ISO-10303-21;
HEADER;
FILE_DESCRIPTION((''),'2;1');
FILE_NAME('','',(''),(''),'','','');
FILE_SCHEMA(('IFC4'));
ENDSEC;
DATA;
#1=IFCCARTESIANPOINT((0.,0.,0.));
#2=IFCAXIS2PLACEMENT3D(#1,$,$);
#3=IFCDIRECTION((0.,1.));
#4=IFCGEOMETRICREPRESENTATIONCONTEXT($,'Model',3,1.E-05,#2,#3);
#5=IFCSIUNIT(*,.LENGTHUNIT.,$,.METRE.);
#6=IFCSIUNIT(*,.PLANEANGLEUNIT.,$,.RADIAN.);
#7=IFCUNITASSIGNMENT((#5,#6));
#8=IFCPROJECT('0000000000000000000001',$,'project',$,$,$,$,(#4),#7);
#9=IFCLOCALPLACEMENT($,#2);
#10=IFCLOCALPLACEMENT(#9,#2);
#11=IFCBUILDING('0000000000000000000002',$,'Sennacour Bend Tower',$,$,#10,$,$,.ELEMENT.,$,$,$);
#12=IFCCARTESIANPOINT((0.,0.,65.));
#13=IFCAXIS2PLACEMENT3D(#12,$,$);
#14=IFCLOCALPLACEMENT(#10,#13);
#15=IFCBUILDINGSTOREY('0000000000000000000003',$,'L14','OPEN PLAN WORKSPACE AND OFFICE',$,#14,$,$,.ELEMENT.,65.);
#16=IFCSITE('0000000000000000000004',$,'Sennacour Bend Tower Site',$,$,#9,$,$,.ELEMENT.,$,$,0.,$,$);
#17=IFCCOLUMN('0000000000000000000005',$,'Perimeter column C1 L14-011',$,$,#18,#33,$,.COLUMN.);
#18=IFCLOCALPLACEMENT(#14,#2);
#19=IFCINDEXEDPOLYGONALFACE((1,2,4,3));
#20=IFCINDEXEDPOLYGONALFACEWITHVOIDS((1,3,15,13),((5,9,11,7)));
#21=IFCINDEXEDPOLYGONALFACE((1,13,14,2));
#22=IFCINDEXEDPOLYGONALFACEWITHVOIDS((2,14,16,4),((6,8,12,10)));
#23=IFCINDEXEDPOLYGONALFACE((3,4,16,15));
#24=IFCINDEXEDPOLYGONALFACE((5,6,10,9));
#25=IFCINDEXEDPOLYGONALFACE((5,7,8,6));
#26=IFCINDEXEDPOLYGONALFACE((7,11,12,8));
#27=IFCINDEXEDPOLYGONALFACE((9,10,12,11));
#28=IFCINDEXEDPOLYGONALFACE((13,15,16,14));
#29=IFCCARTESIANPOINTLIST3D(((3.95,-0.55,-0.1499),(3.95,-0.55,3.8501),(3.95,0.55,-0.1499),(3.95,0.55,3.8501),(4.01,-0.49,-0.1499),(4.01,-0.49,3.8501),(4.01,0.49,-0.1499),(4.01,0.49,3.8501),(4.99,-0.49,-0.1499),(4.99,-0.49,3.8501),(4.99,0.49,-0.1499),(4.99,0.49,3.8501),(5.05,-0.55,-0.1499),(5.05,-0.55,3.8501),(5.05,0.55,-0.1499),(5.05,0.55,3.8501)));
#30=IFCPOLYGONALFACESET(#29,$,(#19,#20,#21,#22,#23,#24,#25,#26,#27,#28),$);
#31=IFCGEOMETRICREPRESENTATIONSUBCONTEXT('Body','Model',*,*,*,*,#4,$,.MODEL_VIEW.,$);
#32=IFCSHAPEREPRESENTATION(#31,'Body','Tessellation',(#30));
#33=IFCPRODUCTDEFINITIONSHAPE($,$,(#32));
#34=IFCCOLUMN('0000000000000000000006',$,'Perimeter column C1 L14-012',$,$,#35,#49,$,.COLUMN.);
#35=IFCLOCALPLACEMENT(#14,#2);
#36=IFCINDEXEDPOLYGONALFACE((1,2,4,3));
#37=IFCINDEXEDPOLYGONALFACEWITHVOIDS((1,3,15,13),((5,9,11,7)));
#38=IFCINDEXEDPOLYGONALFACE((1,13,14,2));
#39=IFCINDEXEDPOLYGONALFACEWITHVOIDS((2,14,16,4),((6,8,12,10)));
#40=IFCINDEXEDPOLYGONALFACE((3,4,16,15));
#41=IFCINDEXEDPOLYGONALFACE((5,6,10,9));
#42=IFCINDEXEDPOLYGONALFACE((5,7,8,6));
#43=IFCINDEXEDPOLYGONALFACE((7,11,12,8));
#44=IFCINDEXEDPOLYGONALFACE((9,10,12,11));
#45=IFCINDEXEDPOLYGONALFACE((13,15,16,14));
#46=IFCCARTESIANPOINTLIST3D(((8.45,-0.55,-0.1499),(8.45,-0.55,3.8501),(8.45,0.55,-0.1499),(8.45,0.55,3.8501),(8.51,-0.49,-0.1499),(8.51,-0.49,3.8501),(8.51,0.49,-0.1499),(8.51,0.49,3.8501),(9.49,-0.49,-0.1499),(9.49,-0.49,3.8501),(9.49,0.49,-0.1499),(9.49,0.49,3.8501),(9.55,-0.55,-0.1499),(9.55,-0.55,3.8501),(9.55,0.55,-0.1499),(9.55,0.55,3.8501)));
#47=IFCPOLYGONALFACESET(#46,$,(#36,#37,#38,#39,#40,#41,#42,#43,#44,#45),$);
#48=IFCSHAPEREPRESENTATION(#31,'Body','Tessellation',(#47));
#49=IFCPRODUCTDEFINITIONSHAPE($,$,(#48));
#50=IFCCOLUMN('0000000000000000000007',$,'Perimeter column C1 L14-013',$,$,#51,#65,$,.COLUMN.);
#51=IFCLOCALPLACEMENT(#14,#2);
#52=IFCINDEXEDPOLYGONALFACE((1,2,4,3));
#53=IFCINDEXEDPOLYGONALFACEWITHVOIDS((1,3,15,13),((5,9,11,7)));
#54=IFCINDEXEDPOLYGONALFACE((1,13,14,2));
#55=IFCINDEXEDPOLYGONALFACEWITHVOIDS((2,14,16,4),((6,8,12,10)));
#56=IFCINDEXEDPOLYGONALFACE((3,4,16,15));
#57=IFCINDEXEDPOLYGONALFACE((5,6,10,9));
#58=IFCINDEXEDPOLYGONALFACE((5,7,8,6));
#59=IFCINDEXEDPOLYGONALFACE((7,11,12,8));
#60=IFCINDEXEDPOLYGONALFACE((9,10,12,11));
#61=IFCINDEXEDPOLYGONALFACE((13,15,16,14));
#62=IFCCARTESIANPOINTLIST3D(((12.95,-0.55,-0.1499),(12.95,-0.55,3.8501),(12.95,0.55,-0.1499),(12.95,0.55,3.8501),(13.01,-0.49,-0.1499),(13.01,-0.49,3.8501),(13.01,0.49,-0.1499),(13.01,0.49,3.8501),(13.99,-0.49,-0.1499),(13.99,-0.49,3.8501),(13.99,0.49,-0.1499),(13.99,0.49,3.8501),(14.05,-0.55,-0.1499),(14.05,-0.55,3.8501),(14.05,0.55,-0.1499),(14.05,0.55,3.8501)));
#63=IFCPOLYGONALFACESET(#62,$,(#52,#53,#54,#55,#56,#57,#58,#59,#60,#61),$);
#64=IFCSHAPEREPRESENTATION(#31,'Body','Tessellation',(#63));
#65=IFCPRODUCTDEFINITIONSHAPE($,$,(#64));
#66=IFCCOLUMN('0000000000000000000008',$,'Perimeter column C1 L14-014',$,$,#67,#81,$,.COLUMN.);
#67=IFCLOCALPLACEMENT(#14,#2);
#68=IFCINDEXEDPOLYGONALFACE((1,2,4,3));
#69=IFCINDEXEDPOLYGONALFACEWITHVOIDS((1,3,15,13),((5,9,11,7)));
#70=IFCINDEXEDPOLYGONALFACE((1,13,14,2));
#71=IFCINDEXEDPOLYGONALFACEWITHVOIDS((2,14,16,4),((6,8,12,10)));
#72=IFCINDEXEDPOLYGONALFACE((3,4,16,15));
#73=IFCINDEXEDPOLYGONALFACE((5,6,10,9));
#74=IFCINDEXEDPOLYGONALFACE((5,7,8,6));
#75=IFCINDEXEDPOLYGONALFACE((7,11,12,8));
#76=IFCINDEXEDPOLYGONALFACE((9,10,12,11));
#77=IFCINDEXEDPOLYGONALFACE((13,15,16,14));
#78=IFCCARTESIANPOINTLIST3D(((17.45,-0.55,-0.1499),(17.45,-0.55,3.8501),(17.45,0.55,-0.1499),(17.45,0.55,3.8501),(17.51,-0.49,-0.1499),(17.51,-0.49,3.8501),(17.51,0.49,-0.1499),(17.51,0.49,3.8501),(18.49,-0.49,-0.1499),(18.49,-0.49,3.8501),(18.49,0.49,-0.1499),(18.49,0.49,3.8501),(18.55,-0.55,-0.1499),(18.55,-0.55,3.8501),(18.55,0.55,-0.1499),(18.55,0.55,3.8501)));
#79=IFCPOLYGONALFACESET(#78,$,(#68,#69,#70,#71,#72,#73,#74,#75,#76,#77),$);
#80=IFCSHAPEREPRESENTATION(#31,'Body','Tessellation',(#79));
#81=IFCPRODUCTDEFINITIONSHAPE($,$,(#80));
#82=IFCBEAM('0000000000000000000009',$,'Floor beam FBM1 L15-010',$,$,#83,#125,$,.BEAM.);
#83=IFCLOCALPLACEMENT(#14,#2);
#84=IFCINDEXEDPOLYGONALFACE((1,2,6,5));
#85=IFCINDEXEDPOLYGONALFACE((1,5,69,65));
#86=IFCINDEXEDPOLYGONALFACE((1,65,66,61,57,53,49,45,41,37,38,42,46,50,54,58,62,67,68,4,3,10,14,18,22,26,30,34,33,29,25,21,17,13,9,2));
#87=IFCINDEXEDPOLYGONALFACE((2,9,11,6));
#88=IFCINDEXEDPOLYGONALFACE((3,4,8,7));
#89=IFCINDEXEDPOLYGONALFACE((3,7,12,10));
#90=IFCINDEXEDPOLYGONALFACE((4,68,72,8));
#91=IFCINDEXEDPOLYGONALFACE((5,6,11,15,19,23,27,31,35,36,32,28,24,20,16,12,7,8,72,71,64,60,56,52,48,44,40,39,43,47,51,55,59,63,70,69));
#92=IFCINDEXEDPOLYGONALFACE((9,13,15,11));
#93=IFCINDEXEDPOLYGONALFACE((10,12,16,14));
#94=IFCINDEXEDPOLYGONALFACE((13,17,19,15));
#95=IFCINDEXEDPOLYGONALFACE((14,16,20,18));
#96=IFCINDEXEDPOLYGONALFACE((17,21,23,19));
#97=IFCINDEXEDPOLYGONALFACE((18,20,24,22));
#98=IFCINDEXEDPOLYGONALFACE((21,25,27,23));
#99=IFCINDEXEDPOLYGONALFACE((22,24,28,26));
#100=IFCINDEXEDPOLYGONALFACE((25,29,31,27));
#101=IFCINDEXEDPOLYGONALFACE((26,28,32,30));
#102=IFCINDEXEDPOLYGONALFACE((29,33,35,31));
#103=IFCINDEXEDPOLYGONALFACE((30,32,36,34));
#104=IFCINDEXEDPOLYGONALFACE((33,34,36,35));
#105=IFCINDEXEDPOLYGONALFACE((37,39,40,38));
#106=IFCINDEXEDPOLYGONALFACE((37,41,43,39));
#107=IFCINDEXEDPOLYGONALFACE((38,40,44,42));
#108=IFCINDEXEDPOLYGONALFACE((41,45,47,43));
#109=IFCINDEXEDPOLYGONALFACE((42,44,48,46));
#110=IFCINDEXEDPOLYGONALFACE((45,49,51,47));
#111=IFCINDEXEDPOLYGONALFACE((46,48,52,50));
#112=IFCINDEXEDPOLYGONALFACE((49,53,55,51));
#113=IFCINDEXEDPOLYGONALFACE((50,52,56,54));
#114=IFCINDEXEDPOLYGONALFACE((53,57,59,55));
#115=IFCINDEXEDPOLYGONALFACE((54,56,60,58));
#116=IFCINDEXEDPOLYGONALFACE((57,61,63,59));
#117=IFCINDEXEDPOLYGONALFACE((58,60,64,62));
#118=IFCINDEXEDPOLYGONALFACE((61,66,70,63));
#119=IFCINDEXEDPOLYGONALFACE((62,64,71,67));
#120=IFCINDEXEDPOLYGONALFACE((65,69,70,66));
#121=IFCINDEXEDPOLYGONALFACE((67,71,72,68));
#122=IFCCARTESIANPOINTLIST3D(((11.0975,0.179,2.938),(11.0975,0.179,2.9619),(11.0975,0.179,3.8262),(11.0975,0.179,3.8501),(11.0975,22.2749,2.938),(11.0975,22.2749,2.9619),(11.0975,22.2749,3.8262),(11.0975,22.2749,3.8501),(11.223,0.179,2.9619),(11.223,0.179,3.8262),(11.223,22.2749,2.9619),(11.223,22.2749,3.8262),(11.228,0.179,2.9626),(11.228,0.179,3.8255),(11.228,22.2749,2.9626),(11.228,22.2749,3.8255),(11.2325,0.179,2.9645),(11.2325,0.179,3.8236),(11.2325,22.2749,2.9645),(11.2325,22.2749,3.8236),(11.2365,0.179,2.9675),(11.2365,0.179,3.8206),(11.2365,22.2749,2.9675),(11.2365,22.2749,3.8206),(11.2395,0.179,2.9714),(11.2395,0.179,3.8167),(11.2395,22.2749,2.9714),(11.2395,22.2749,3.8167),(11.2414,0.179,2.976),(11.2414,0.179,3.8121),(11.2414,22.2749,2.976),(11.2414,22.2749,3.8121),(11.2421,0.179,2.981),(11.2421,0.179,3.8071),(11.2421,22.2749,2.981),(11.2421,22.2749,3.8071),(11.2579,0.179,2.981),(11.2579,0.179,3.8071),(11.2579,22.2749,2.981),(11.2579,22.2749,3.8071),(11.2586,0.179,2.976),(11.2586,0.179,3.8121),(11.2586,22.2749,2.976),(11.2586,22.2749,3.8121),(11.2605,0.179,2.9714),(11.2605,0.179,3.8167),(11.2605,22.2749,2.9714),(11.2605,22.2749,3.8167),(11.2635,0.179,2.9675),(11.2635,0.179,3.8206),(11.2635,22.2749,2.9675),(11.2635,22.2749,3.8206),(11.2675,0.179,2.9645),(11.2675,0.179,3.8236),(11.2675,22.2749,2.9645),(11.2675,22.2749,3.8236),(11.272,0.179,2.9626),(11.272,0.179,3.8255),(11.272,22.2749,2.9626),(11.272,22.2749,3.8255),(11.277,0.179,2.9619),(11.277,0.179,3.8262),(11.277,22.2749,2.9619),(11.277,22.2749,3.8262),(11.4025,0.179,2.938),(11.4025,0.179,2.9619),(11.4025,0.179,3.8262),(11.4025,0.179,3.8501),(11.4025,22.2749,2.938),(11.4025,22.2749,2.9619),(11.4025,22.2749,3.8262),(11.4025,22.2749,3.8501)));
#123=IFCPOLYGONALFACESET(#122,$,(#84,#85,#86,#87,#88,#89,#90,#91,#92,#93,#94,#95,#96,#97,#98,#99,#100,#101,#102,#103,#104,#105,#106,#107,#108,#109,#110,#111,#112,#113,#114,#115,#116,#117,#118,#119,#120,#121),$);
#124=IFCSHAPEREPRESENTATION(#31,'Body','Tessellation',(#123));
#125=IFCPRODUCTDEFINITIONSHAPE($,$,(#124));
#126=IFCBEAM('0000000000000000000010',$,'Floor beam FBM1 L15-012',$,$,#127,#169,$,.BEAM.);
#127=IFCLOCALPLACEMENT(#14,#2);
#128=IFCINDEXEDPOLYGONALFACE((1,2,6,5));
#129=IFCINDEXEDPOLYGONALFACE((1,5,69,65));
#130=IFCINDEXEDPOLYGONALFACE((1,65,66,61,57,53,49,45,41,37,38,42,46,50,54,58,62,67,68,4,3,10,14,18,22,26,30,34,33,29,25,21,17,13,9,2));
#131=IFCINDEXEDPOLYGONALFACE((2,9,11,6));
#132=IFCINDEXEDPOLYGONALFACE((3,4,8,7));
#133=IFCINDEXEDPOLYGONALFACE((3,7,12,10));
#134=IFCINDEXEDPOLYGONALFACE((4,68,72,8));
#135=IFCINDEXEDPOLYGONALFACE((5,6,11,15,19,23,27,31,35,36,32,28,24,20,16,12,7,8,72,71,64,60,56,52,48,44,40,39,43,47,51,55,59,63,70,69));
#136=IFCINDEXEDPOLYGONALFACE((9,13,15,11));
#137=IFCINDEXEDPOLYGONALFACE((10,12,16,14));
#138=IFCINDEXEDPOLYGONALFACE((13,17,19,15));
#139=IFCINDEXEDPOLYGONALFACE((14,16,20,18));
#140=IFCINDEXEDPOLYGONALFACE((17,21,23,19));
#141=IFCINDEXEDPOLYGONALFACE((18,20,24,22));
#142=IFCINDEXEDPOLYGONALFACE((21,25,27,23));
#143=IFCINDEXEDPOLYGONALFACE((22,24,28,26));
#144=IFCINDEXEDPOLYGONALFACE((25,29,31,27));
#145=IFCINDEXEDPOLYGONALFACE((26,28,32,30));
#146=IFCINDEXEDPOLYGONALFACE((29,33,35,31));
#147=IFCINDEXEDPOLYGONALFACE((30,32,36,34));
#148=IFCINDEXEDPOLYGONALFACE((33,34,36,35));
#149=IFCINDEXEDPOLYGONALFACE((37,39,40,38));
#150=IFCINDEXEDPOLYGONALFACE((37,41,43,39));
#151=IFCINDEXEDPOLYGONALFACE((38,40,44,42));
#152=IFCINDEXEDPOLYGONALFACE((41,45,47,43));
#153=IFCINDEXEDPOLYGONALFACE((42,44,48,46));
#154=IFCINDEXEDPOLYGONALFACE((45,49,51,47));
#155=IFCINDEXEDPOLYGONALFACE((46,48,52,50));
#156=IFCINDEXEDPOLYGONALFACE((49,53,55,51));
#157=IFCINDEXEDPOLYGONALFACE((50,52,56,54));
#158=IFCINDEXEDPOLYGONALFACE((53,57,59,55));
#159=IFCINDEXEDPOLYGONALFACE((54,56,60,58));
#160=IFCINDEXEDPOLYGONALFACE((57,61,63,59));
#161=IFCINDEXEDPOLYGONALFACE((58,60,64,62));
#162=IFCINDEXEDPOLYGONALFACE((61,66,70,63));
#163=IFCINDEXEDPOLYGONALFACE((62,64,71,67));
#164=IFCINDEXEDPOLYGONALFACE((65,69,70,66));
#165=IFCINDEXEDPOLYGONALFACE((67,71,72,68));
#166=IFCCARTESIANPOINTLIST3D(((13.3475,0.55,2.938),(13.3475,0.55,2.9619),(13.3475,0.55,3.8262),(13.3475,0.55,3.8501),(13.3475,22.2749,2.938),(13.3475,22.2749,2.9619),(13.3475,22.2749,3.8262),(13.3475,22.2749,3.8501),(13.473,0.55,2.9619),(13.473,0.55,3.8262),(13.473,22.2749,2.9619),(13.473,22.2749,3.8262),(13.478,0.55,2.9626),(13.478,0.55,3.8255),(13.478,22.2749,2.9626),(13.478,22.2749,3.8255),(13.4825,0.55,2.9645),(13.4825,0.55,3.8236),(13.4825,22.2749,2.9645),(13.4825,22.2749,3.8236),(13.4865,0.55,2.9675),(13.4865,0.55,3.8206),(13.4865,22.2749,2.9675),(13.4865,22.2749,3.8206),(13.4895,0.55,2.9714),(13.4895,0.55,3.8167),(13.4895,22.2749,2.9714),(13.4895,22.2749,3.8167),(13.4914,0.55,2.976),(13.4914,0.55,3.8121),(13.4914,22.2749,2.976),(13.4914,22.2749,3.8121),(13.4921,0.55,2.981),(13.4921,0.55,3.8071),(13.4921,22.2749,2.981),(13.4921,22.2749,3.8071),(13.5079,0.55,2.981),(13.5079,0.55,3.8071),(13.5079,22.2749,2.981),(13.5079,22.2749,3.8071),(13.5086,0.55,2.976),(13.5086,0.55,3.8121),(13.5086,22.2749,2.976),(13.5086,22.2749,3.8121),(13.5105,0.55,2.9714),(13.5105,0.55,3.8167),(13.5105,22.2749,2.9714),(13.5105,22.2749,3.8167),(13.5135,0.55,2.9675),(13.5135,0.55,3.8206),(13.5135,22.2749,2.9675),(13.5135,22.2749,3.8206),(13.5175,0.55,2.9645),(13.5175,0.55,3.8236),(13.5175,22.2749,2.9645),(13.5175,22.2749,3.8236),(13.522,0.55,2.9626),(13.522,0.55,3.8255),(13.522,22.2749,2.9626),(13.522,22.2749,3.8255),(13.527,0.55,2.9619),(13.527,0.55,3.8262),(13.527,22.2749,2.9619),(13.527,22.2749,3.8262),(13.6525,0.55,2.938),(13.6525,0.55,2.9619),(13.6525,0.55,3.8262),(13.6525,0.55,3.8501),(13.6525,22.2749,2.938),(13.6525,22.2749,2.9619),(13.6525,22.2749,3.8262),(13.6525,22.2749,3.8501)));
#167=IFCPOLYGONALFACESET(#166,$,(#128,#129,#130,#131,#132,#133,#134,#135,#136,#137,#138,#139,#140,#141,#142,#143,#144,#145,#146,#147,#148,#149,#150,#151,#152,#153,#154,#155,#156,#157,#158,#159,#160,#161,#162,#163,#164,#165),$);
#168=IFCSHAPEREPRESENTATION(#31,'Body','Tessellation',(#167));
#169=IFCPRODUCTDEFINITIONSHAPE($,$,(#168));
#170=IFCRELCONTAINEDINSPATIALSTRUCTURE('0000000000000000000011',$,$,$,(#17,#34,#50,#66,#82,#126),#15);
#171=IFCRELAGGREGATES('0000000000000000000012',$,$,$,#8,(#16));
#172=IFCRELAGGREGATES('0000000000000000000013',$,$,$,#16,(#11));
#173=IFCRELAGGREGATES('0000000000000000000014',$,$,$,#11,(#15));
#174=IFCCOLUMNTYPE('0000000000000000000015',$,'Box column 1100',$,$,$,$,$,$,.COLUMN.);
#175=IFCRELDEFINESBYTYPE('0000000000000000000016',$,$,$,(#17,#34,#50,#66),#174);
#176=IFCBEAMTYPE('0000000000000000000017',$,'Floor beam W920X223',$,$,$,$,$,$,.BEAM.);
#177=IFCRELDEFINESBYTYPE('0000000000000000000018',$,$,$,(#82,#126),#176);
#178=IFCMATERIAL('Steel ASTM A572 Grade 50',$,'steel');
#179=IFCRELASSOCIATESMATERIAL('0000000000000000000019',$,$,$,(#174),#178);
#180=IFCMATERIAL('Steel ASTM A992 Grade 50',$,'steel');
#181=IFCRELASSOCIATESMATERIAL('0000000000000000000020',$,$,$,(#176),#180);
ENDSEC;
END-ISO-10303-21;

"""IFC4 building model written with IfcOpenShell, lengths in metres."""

from ifc_helpers import new_model, si_unit, direction, frame, origin, origin_2d, place, context, subcontext, project, spatial, hollow_rectangle, i_section, extrude, material, material_profile, profile_set, type_object, element, save


model = new_model("IFC4")

# Units and contexts
model_context = context("Model", 3, precision=1e-05, world=origin(), true_north=direction((0.0, 1.0)))
body_context = subcontext(model_context, "Body", "Model", "MODEL_VIEW")
ifc_project = project(units=[si_unit("LENGTHUNIT", "METRE"), si_unit("PLANEANGLEUNIT", "RADIAN")], contexts=[model_context])

# Site, building, storey
site_placement = place(None, origin())
site = spatial("IfcSite", under=ifc_project, at=site_placement, Name="Sennacour Bend Tower Site", CompositionType="ELEMENT", RefElevation=0.0)
building_placement = place(site_placement, origin())
building = spatial("IfcBuilding", under=site, at=building_placement, Name="Sennacour Bend Tower", CompositionType="ELEMENT")
storey_placement = place(building_placement, frame((0.0, 0.0, 65.0)))
storey = spatial("IfcBuildingStorey", under=building, at=storey_placement, Name="L14", Description="OPEN PLAN WORKSPACE AND OFFICE", CompositionType="ELEMENT", Elevation=65.0)

# Columns
ifc_material_1 = material(Name="Steel ASTM A572 Grade 50", Category="steel")
ifc_material_profile_1 = material_profile(ifc_material_1, hollow_rectangle(XDim=1.1001, YDim=1.1001, WallThickness=0.0601, at=origin_2d()), Name="Steel ASTM A572 Grade 50", Category="steel")
ifc_profile_set_1 = profile_set([ifc_material_profile_1], Name="Steel ASTM A572 Grade 50")
column_type = type_object("IfcColumnType", Name="Box column 1100", PredefinedType="COLUMN", material=ifc_profile_set_1)
for number, where, z_axis, x_axis, name in (
    (1, (4.5, 0.0, -0.1499), (0.0, 0.0, 1.0), (1.0, 0.0, 0.0), "Perimeter column C1 L14-011"),
    (2, (9.0, 0.0, -0.1499), (0.0, 0.0, 1.0), (1.0, 0.0, 0.0), "Perimeter column C1 L14-012"),
    (3, (13.5, 0.0, -0.1499), (0.0, 0.0, 1.0), (1.0, 0.0, 0.0), "Perimeter column C1 L14-013"),
    (4, (18.0, 0.0, -0.1499), (0.0, 0.0, 1.0), (1.0, 0.0, 0.0), "Perimeter column C1 L14-014"),
):
    element("IfcColumn", number, at=place(storey_placement, frame(where, z_axis=z_axis, x_axis=x_axis)), inside=storey, type_object=column_type, Name=name, PredefinedType="COLUMN", context=body_context, shape_type="SweptSolid", body=[
        extrude(hollow_rectangle(XDim=1.1001, YDim=1.1001, WallThickness=0.0601, at=origin_2d()), origin(), (0.0, 0.0, 1.0), 4.0),
    ])

# Beams
ifc_material_2 = material(Name="Steel ASTM A992 Grade 50", Category="steel")
ifc_material_profile_2 = material_profile(ifc_material_2, i_section(OverallWidth=0.3049, OverallDepth=0.9121, WebThickness=0.0159, FlangeThickness=0.0239, FilletRadius=0.019, at=origin_2d()), Name="Steel ASTM A992 Grade 50", Category="steel")
ifc_profile_set_2 = profile_set([ifc_material_profile_2], Name="Steel ASTM A992 Grade 50")
beam_type_1 = type_object("IfcBeamType", Name="Floor beam W920X223", PredefinedType="BEAM", material=ifc_profile_set_2)
beam_1_placement = place(storey_placement, frame((11.25, 0.179, 3.394), z_axis=(0.0, 1.0, 0.0), x_axis=(-1.0, 0.0, 0.0)))
element("IfcBeam", 5, at=beam_1_placement, inside=storey, type_object=beam_type_1, Name="Floor beam FBM1 L15-010", PredefinedType="BEAM", context=body_context, shape_type="SweptSolid", body=[
    extrude(i_section(OverallWidth=0.3049, OverallDepth=0.9121, WebThickness=0.0159, FlangeThickness=0.0239, FilletRadius=0.019, at=origin_2d()), origin(), (0.0, 0.0, 1.0), 22.0959),
])
beam_2_placement = place(storey_placement, frame((13.5, 0.55, 3.394), z_axis=(0.0, 1.0, 0.0), x_axis=(-1.0, 0.0, 0.0)))
element("IfcBeam", 6, at=beam_2_placement, inside=storey, type_object=beam_type_1, Name="Floor beam FBM1 L15-012", PredefinedType="BEAM", context=body_context, shape_type="SweptSolid", body=[
    extrude(i_section(OverallWidth=0.3049, OverallDepth=0.9121, WebThickness=0.0159, FlangeThickness=0.0239, FilletRadius=0.019, at=origin_2d()), origin(), (0.0, 0.0, 1.0), 21.7249),
])

save(model, "model.ifc")
